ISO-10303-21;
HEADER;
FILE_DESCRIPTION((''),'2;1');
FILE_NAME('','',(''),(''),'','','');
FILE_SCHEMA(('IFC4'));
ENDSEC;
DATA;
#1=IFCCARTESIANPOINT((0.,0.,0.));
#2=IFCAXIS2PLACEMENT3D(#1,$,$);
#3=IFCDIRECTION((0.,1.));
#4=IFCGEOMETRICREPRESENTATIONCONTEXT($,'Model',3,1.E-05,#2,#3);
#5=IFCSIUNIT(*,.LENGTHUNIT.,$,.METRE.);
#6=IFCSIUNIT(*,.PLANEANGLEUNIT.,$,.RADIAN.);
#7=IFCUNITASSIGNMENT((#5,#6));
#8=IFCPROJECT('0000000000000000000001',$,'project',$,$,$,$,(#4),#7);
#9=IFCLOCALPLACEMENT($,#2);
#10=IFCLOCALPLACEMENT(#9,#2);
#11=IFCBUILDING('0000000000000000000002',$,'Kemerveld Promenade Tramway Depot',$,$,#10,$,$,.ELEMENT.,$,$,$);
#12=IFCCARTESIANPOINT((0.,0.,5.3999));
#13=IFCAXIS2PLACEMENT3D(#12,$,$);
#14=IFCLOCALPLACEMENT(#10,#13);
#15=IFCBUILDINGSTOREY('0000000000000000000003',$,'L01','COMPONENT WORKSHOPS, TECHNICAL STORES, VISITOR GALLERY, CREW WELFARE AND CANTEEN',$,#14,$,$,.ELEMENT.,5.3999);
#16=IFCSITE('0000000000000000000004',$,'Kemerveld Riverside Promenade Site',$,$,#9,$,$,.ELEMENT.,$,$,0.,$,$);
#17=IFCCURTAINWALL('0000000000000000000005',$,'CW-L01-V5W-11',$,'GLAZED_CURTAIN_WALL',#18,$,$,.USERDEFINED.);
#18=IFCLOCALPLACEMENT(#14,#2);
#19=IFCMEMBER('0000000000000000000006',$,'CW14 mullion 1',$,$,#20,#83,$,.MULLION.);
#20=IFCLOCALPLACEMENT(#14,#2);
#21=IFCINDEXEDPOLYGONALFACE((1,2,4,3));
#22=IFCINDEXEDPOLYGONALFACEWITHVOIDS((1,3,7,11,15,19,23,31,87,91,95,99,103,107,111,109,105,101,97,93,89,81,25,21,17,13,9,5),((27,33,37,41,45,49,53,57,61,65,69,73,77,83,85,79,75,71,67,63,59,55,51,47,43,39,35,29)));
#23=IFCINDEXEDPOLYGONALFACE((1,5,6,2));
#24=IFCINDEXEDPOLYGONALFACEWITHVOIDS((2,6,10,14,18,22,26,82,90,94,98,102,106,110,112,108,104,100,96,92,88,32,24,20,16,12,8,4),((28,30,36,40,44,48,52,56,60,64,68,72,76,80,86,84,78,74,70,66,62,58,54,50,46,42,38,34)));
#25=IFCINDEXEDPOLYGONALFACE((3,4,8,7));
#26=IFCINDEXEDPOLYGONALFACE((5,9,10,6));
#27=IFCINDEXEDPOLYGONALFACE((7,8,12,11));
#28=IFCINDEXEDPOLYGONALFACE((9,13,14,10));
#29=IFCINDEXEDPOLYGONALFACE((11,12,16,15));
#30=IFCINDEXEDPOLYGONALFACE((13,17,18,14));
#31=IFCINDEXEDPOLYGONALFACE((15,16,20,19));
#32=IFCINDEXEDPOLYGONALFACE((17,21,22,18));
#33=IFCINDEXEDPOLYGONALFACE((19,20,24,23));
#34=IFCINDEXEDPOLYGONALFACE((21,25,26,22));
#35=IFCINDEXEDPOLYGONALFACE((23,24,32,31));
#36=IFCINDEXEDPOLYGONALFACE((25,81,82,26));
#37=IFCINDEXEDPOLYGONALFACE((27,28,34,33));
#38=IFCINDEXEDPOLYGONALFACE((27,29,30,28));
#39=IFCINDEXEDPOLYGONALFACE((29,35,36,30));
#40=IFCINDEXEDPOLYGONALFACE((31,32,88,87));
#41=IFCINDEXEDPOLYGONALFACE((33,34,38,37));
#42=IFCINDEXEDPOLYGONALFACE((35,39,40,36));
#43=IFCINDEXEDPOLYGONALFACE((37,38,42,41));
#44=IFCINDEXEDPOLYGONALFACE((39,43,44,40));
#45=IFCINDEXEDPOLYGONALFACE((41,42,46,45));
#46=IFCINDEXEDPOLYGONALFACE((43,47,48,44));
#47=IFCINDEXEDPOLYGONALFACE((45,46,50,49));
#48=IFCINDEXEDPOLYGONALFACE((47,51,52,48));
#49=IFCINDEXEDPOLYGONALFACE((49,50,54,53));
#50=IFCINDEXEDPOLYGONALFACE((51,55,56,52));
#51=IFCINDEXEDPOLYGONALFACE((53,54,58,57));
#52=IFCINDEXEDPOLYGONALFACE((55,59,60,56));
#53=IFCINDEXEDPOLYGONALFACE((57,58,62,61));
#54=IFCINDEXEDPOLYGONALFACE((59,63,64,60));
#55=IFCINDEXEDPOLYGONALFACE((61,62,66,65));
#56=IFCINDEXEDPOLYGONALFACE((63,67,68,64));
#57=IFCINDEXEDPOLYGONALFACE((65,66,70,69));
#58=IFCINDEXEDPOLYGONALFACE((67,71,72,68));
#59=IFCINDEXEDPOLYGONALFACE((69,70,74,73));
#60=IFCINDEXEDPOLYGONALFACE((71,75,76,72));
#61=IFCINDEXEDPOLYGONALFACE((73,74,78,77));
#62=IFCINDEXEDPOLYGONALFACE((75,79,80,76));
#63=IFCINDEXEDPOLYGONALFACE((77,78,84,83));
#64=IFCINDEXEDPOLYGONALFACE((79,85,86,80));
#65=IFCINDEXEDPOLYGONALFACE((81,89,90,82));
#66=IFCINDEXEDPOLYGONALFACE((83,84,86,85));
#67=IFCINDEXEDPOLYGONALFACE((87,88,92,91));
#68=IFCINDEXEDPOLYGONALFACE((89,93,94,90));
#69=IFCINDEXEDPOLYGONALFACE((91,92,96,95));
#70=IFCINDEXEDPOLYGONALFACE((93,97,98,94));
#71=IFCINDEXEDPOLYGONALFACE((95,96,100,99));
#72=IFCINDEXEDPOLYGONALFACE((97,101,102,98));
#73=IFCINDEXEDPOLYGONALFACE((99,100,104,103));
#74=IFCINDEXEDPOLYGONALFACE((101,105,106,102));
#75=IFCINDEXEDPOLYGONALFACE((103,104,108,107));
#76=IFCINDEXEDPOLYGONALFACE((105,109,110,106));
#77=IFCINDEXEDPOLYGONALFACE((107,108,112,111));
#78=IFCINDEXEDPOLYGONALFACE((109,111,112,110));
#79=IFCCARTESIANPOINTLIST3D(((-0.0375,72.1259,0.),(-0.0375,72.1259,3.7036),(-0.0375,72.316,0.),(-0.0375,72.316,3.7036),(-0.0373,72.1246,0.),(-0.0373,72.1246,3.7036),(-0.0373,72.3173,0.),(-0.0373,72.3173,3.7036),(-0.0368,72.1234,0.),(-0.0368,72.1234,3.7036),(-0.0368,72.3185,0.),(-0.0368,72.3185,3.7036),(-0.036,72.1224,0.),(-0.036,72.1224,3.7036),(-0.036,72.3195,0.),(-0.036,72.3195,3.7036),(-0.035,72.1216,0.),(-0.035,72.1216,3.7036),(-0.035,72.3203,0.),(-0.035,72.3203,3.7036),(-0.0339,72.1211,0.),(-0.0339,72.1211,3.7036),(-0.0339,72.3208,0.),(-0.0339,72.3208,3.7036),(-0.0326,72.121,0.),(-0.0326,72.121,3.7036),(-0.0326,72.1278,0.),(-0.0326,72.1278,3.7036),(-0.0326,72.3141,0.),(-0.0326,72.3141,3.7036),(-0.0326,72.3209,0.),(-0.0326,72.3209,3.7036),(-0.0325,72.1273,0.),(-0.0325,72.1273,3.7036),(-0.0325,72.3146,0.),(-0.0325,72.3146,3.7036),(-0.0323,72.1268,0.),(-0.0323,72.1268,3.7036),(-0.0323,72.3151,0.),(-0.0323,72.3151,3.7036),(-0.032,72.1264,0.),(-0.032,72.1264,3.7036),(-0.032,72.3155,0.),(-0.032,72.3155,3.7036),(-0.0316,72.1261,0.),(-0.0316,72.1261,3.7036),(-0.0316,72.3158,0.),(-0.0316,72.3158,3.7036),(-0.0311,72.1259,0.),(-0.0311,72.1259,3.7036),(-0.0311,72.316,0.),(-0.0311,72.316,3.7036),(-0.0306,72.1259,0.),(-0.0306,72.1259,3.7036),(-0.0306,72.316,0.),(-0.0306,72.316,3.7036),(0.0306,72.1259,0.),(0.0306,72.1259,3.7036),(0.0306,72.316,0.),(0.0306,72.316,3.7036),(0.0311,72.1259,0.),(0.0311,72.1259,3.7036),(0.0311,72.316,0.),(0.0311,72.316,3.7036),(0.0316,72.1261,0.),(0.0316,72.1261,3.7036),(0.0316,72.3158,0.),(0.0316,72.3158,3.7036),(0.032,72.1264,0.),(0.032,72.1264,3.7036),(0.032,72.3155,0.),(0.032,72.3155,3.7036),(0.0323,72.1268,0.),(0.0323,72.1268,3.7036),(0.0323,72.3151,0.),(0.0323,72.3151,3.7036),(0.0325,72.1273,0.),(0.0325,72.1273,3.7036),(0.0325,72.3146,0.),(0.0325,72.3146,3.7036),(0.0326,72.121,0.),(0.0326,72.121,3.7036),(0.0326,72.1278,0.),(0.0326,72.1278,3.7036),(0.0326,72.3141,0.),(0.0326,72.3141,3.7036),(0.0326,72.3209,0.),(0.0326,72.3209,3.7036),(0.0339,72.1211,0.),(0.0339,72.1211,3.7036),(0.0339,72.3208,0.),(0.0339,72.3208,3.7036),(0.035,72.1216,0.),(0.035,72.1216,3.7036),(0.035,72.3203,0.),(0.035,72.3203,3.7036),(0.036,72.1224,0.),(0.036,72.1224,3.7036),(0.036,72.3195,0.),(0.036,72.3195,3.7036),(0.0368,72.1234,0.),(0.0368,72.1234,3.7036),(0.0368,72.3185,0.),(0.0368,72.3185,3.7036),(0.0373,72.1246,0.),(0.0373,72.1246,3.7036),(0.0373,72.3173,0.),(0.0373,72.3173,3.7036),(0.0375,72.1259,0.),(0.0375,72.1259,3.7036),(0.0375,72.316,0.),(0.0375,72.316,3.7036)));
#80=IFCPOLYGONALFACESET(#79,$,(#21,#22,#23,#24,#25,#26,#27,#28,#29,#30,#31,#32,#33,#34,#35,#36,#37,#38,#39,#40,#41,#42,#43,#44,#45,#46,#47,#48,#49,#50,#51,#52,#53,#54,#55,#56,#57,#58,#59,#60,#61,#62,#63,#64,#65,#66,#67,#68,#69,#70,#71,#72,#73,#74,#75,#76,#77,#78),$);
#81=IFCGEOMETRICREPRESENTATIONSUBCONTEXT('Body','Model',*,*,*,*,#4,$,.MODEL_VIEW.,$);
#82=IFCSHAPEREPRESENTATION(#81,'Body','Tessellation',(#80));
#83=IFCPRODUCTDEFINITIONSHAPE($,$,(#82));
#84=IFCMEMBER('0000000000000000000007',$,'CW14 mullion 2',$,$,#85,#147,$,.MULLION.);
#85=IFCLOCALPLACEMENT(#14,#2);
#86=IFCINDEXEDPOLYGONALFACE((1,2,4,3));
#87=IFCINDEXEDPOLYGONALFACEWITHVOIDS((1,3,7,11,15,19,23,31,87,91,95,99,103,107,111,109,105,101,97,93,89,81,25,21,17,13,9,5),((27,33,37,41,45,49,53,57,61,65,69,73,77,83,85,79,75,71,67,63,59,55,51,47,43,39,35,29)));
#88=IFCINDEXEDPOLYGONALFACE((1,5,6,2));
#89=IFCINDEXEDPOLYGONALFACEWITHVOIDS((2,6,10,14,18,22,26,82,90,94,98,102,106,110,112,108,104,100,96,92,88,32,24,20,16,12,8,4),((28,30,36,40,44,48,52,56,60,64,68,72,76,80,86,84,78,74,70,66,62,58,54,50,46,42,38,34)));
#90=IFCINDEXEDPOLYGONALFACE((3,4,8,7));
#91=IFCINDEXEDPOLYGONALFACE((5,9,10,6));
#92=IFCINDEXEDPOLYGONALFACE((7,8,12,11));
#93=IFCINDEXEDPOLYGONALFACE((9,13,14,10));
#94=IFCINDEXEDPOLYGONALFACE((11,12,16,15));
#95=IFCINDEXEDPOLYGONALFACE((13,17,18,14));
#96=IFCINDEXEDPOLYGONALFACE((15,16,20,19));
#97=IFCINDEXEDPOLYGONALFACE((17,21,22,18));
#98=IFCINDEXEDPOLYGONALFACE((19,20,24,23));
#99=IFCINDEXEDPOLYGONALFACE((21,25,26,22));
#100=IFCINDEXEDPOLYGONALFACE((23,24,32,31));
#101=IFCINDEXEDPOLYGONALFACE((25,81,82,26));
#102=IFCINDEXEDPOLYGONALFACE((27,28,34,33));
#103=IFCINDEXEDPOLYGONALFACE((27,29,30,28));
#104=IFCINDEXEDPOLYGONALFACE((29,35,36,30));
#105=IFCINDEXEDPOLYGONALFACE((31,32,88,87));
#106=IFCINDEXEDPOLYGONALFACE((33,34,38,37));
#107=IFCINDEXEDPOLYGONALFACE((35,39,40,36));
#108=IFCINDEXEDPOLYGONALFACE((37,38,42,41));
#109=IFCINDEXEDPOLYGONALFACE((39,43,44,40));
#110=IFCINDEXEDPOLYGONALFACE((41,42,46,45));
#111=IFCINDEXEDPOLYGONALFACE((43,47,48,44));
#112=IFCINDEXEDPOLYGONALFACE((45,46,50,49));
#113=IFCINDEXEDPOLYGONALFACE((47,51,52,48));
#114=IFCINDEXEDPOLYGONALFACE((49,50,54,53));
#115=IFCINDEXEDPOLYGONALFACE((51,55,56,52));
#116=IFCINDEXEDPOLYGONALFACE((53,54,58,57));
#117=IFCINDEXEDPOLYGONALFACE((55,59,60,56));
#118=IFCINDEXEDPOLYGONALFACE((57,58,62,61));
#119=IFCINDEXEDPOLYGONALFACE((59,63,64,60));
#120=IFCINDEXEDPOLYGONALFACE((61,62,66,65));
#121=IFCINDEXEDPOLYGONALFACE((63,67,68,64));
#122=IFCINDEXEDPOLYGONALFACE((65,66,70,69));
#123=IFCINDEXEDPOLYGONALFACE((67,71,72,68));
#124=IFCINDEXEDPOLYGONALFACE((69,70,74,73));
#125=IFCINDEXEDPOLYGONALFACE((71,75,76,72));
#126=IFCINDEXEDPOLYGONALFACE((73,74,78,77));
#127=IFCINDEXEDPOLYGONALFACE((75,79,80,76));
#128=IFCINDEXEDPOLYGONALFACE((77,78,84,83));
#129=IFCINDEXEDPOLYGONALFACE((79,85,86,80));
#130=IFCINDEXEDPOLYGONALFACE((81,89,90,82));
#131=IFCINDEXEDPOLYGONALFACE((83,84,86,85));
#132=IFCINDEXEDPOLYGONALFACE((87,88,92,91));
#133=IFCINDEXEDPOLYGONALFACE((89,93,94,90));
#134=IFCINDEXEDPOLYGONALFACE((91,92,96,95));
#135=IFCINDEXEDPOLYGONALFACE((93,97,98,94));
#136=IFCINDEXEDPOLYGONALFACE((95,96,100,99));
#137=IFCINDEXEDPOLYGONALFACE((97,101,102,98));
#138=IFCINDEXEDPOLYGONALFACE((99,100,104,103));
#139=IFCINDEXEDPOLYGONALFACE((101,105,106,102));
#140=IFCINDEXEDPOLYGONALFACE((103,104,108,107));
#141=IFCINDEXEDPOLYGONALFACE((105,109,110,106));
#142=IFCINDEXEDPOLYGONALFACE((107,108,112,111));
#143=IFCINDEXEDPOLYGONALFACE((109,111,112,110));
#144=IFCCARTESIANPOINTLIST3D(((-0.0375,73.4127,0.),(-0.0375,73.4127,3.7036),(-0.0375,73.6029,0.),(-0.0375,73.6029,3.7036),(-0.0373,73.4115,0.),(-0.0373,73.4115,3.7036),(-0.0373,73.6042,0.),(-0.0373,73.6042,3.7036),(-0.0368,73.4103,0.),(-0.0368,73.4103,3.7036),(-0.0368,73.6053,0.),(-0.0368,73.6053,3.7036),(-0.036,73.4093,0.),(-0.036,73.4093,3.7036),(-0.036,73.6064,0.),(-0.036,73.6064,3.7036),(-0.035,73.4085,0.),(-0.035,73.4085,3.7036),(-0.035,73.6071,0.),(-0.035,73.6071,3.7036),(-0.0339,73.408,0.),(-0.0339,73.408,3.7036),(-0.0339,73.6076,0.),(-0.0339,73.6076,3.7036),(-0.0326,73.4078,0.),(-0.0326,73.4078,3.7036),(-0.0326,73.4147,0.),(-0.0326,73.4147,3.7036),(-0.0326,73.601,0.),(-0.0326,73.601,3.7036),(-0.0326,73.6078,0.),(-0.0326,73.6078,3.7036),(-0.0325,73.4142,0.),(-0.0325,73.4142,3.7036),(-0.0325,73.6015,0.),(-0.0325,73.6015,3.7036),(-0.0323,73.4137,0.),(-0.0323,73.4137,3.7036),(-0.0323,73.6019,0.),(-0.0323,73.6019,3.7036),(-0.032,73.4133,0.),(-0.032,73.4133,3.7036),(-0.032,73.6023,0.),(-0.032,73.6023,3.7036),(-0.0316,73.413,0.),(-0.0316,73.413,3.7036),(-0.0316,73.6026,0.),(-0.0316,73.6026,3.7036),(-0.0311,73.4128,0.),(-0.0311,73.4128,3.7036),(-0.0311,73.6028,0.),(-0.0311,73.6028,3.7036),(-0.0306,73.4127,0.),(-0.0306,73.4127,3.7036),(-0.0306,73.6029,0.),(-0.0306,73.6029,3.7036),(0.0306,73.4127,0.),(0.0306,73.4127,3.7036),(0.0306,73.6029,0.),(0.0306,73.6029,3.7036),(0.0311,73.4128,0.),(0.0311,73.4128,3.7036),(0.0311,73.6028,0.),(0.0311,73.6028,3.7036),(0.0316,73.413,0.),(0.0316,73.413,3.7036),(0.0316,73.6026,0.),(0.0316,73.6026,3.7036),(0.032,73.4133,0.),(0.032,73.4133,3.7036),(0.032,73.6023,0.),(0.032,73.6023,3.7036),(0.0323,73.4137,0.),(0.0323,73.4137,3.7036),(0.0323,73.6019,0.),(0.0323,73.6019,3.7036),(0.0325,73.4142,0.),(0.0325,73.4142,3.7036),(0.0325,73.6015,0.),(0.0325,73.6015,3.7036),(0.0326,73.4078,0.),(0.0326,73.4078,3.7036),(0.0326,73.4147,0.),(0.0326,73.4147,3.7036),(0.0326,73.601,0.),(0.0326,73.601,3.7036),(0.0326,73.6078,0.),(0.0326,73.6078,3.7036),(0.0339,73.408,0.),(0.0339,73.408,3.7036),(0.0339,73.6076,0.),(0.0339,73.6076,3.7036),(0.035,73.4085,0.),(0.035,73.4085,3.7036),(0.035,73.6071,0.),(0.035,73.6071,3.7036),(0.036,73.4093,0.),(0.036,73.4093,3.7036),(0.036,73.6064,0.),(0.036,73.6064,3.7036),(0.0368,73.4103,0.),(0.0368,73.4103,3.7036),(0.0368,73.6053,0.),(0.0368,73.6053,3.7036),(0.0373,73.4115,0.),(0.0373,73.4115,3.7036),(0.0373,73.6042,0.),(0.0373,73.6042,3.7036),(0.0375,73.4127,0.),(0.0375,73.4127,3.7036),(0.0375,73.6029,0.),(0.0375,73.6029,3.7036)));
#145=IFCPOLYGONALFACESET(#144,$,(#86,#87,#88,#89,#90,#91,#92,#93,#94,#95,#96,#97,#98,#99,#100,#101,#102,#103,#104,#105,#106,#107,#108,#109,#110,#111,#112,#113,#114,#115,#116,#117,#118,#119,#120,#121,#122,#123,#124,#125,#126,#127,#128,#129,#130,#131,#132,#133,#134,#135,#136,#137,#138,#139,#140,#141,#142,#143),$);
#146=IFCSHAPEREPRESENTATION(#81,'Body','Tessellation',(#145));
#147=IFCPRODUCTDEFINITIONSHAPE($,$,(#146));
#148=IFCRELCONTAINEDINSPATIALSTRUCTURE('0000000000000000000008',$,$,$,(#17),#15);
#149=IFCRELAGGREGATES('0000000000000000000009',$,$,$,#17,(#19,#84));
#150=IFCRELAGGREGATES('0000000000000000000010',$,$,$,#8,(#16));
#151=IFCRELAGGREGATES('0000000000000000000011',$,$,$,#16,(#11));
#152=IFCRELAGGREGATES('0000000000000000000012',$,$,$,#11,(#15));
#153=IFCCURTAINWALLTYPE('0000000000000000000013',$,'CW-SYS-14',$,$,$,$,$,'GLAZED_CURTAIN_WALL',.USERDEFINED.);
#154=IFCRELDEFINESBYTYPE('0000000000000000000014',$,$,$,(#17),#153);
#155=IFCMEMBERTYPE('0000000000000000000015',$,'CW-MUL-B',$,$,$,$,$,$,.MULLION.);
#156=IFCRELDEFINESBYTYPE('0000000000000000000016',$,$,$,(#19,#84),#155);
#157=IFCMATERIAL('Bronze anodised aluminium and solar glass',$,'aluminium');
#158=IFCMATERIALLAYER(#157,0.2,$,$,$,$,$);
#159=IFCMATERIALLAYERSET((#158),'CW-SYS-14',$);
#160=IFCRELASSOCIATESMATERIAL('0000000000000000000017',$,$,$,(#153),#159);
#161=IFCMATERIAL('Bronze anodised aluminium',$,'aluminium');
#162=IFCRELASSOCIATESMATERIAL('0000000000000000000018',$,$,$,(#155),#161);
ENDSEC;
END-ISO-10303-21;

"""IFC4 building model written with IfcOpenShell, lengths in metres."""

from ifc_helpers import new_model, si_unit, direction, frame, origin, origin_2d, place, context, subcontext, project, spatial, hollow_rectangle, extrude, material, layer, layer_set, material_profile, profile_set, type_object, element, aggregate, save


model = new_model("IFC4")

# Units and contexts
model_context = context("Model", 3, precision=1e-05, world=origin(), true_north=direction((0.0, 1.0)))
body_context = subcontext(model_context, "Body", "Model", "MODEL_VIEW")
ifc_project = project(units=[si_unit("LENGTHUNIT", "METRE"), si_unit("PLANEANGLEUNIT", "RADIAN")], contexts=[model_context])

# Site, building, storey
site_placement = place(None, origin())
site = spatial("IfcSite", under=ifc_project, at=site_placement, Name="Kemerveld Riverside Promenade Site", CompositionType="ELEMENT", RefElevation=0.0)
building_placement = place(site_placement, origin())
building = spatial("IfcBuilding", under=site, at=building_placement, Name="Kemerveld Promenade Tramway Depot", CompositionType="ELEMENT")
storey_placement = place(building_placement, frame((0.0, 0.0, 5.3999)))
storey = spatial("IfcBuildingStorey", under=building, at=storey_placement, Name="L01", Description="COMPONENT WORKSHOPS, TECHNICAL STORES, VISITOR GALLERY, CREW WELFARE AND CANTEEN", CompositionType="ELEMENT", Elevation=5.3999)

# Curtain wall, members
ifc_material_1 = material(Name="Bronze anodised aluminium and solar glass", Category="aluminium")
ifc_layer_1 = layer(ifc_material_1, 0.2)
ifc_layer_set_1 = layer_set([ifc_layer_1], Name="CW-SYS-14")
curtain_wall_type = type_object("IfcCurtainWallType", Name="CW-SYS-14", ElementType="GLAZED_CURTAIN_WALL", PredefinedType="USERDEFINED", material=ifc_layer_set_1)
curtain_wall_placement = place(storey_placement, origin())
curtain_wall = element("IfcCurtainWall", 1, at=curtain_wall_placement, inside=storey, type_object=curtain_wall_type, Name="CW-L01-V5W-11", ObjectType="GLAZED_CURTAIN_WALL", PredefinedType="USERDEFINED")
ifc_material_2 = material(Name="Bronze anodised aluminium", Category="aluminium")
ifc_material_profile_1 = material_profile(ifc_material_2, hollow_rectangle(XDim=0.075, YDim=0.2, WallThickness=0.0049, InnerFilletRadius=0.002, OuterFilletRadius=0.0049, at=origin_2d()), Name="CW-MUL-200x75")
ifc_profile_set_1 = profile_set([ifc_material_profile_1], Name="Bronze anodised aluminium")
member_type_1 = type_object("IfcMemberType", Name="CW-MUL-B", PredefinedType="MULLION", material=ifc_profile_set_1)
member_1_placement = place(storey_placement, frame((0.0, 72.2209, 0.0), z_axis=(0.0, 0.0, 1.0), x_axis=(-1.0, 0.0, 0.0)))
member_1 = element("IfcMember", 2, at=member_1_placement, type_object=member_type_1, Name="CW14 mullion 1", PredefinedType="MULLION", context=body_context, shape_type="SweptSolid", body=[
    extrude(hollow_rectangle(XDim=0.075, YDim=0.2, WallThickness=0.0049, InnerFilletRadius=0.002, OuterFilletRadius=0.0049, at=origin_2d()), origin(), (0.0, 0.0, 1.0), 3.7036),
])
member_2_placement = place(storey_placement, frame((0.0, 73.5078, 0.0), z_axis=(0.0, 0.0, 1.0), x_axis=(-1.0, 0.0, 0.0)))
member_2 = element("IfcMember", 3, at=member_2_placement, type_object=member_type_1, Name="CW14 mullion 2", PredefinedType="MULLION", context=body_context, shape_type="SweptSolid", body=[
    extrude(hollow_rectangle(XDim=0.075, YDim=0.2, WallThickness=0.0049, InnerFilletRadius=0.002, OuterFilletRadius=0.0049, at=origin_2d()), origin(), (0.0, 0.0, 1.0), 3.7036),
])
aggregate(curtain_wall, [member_1, member_2])

save(model, "model.ifc")
